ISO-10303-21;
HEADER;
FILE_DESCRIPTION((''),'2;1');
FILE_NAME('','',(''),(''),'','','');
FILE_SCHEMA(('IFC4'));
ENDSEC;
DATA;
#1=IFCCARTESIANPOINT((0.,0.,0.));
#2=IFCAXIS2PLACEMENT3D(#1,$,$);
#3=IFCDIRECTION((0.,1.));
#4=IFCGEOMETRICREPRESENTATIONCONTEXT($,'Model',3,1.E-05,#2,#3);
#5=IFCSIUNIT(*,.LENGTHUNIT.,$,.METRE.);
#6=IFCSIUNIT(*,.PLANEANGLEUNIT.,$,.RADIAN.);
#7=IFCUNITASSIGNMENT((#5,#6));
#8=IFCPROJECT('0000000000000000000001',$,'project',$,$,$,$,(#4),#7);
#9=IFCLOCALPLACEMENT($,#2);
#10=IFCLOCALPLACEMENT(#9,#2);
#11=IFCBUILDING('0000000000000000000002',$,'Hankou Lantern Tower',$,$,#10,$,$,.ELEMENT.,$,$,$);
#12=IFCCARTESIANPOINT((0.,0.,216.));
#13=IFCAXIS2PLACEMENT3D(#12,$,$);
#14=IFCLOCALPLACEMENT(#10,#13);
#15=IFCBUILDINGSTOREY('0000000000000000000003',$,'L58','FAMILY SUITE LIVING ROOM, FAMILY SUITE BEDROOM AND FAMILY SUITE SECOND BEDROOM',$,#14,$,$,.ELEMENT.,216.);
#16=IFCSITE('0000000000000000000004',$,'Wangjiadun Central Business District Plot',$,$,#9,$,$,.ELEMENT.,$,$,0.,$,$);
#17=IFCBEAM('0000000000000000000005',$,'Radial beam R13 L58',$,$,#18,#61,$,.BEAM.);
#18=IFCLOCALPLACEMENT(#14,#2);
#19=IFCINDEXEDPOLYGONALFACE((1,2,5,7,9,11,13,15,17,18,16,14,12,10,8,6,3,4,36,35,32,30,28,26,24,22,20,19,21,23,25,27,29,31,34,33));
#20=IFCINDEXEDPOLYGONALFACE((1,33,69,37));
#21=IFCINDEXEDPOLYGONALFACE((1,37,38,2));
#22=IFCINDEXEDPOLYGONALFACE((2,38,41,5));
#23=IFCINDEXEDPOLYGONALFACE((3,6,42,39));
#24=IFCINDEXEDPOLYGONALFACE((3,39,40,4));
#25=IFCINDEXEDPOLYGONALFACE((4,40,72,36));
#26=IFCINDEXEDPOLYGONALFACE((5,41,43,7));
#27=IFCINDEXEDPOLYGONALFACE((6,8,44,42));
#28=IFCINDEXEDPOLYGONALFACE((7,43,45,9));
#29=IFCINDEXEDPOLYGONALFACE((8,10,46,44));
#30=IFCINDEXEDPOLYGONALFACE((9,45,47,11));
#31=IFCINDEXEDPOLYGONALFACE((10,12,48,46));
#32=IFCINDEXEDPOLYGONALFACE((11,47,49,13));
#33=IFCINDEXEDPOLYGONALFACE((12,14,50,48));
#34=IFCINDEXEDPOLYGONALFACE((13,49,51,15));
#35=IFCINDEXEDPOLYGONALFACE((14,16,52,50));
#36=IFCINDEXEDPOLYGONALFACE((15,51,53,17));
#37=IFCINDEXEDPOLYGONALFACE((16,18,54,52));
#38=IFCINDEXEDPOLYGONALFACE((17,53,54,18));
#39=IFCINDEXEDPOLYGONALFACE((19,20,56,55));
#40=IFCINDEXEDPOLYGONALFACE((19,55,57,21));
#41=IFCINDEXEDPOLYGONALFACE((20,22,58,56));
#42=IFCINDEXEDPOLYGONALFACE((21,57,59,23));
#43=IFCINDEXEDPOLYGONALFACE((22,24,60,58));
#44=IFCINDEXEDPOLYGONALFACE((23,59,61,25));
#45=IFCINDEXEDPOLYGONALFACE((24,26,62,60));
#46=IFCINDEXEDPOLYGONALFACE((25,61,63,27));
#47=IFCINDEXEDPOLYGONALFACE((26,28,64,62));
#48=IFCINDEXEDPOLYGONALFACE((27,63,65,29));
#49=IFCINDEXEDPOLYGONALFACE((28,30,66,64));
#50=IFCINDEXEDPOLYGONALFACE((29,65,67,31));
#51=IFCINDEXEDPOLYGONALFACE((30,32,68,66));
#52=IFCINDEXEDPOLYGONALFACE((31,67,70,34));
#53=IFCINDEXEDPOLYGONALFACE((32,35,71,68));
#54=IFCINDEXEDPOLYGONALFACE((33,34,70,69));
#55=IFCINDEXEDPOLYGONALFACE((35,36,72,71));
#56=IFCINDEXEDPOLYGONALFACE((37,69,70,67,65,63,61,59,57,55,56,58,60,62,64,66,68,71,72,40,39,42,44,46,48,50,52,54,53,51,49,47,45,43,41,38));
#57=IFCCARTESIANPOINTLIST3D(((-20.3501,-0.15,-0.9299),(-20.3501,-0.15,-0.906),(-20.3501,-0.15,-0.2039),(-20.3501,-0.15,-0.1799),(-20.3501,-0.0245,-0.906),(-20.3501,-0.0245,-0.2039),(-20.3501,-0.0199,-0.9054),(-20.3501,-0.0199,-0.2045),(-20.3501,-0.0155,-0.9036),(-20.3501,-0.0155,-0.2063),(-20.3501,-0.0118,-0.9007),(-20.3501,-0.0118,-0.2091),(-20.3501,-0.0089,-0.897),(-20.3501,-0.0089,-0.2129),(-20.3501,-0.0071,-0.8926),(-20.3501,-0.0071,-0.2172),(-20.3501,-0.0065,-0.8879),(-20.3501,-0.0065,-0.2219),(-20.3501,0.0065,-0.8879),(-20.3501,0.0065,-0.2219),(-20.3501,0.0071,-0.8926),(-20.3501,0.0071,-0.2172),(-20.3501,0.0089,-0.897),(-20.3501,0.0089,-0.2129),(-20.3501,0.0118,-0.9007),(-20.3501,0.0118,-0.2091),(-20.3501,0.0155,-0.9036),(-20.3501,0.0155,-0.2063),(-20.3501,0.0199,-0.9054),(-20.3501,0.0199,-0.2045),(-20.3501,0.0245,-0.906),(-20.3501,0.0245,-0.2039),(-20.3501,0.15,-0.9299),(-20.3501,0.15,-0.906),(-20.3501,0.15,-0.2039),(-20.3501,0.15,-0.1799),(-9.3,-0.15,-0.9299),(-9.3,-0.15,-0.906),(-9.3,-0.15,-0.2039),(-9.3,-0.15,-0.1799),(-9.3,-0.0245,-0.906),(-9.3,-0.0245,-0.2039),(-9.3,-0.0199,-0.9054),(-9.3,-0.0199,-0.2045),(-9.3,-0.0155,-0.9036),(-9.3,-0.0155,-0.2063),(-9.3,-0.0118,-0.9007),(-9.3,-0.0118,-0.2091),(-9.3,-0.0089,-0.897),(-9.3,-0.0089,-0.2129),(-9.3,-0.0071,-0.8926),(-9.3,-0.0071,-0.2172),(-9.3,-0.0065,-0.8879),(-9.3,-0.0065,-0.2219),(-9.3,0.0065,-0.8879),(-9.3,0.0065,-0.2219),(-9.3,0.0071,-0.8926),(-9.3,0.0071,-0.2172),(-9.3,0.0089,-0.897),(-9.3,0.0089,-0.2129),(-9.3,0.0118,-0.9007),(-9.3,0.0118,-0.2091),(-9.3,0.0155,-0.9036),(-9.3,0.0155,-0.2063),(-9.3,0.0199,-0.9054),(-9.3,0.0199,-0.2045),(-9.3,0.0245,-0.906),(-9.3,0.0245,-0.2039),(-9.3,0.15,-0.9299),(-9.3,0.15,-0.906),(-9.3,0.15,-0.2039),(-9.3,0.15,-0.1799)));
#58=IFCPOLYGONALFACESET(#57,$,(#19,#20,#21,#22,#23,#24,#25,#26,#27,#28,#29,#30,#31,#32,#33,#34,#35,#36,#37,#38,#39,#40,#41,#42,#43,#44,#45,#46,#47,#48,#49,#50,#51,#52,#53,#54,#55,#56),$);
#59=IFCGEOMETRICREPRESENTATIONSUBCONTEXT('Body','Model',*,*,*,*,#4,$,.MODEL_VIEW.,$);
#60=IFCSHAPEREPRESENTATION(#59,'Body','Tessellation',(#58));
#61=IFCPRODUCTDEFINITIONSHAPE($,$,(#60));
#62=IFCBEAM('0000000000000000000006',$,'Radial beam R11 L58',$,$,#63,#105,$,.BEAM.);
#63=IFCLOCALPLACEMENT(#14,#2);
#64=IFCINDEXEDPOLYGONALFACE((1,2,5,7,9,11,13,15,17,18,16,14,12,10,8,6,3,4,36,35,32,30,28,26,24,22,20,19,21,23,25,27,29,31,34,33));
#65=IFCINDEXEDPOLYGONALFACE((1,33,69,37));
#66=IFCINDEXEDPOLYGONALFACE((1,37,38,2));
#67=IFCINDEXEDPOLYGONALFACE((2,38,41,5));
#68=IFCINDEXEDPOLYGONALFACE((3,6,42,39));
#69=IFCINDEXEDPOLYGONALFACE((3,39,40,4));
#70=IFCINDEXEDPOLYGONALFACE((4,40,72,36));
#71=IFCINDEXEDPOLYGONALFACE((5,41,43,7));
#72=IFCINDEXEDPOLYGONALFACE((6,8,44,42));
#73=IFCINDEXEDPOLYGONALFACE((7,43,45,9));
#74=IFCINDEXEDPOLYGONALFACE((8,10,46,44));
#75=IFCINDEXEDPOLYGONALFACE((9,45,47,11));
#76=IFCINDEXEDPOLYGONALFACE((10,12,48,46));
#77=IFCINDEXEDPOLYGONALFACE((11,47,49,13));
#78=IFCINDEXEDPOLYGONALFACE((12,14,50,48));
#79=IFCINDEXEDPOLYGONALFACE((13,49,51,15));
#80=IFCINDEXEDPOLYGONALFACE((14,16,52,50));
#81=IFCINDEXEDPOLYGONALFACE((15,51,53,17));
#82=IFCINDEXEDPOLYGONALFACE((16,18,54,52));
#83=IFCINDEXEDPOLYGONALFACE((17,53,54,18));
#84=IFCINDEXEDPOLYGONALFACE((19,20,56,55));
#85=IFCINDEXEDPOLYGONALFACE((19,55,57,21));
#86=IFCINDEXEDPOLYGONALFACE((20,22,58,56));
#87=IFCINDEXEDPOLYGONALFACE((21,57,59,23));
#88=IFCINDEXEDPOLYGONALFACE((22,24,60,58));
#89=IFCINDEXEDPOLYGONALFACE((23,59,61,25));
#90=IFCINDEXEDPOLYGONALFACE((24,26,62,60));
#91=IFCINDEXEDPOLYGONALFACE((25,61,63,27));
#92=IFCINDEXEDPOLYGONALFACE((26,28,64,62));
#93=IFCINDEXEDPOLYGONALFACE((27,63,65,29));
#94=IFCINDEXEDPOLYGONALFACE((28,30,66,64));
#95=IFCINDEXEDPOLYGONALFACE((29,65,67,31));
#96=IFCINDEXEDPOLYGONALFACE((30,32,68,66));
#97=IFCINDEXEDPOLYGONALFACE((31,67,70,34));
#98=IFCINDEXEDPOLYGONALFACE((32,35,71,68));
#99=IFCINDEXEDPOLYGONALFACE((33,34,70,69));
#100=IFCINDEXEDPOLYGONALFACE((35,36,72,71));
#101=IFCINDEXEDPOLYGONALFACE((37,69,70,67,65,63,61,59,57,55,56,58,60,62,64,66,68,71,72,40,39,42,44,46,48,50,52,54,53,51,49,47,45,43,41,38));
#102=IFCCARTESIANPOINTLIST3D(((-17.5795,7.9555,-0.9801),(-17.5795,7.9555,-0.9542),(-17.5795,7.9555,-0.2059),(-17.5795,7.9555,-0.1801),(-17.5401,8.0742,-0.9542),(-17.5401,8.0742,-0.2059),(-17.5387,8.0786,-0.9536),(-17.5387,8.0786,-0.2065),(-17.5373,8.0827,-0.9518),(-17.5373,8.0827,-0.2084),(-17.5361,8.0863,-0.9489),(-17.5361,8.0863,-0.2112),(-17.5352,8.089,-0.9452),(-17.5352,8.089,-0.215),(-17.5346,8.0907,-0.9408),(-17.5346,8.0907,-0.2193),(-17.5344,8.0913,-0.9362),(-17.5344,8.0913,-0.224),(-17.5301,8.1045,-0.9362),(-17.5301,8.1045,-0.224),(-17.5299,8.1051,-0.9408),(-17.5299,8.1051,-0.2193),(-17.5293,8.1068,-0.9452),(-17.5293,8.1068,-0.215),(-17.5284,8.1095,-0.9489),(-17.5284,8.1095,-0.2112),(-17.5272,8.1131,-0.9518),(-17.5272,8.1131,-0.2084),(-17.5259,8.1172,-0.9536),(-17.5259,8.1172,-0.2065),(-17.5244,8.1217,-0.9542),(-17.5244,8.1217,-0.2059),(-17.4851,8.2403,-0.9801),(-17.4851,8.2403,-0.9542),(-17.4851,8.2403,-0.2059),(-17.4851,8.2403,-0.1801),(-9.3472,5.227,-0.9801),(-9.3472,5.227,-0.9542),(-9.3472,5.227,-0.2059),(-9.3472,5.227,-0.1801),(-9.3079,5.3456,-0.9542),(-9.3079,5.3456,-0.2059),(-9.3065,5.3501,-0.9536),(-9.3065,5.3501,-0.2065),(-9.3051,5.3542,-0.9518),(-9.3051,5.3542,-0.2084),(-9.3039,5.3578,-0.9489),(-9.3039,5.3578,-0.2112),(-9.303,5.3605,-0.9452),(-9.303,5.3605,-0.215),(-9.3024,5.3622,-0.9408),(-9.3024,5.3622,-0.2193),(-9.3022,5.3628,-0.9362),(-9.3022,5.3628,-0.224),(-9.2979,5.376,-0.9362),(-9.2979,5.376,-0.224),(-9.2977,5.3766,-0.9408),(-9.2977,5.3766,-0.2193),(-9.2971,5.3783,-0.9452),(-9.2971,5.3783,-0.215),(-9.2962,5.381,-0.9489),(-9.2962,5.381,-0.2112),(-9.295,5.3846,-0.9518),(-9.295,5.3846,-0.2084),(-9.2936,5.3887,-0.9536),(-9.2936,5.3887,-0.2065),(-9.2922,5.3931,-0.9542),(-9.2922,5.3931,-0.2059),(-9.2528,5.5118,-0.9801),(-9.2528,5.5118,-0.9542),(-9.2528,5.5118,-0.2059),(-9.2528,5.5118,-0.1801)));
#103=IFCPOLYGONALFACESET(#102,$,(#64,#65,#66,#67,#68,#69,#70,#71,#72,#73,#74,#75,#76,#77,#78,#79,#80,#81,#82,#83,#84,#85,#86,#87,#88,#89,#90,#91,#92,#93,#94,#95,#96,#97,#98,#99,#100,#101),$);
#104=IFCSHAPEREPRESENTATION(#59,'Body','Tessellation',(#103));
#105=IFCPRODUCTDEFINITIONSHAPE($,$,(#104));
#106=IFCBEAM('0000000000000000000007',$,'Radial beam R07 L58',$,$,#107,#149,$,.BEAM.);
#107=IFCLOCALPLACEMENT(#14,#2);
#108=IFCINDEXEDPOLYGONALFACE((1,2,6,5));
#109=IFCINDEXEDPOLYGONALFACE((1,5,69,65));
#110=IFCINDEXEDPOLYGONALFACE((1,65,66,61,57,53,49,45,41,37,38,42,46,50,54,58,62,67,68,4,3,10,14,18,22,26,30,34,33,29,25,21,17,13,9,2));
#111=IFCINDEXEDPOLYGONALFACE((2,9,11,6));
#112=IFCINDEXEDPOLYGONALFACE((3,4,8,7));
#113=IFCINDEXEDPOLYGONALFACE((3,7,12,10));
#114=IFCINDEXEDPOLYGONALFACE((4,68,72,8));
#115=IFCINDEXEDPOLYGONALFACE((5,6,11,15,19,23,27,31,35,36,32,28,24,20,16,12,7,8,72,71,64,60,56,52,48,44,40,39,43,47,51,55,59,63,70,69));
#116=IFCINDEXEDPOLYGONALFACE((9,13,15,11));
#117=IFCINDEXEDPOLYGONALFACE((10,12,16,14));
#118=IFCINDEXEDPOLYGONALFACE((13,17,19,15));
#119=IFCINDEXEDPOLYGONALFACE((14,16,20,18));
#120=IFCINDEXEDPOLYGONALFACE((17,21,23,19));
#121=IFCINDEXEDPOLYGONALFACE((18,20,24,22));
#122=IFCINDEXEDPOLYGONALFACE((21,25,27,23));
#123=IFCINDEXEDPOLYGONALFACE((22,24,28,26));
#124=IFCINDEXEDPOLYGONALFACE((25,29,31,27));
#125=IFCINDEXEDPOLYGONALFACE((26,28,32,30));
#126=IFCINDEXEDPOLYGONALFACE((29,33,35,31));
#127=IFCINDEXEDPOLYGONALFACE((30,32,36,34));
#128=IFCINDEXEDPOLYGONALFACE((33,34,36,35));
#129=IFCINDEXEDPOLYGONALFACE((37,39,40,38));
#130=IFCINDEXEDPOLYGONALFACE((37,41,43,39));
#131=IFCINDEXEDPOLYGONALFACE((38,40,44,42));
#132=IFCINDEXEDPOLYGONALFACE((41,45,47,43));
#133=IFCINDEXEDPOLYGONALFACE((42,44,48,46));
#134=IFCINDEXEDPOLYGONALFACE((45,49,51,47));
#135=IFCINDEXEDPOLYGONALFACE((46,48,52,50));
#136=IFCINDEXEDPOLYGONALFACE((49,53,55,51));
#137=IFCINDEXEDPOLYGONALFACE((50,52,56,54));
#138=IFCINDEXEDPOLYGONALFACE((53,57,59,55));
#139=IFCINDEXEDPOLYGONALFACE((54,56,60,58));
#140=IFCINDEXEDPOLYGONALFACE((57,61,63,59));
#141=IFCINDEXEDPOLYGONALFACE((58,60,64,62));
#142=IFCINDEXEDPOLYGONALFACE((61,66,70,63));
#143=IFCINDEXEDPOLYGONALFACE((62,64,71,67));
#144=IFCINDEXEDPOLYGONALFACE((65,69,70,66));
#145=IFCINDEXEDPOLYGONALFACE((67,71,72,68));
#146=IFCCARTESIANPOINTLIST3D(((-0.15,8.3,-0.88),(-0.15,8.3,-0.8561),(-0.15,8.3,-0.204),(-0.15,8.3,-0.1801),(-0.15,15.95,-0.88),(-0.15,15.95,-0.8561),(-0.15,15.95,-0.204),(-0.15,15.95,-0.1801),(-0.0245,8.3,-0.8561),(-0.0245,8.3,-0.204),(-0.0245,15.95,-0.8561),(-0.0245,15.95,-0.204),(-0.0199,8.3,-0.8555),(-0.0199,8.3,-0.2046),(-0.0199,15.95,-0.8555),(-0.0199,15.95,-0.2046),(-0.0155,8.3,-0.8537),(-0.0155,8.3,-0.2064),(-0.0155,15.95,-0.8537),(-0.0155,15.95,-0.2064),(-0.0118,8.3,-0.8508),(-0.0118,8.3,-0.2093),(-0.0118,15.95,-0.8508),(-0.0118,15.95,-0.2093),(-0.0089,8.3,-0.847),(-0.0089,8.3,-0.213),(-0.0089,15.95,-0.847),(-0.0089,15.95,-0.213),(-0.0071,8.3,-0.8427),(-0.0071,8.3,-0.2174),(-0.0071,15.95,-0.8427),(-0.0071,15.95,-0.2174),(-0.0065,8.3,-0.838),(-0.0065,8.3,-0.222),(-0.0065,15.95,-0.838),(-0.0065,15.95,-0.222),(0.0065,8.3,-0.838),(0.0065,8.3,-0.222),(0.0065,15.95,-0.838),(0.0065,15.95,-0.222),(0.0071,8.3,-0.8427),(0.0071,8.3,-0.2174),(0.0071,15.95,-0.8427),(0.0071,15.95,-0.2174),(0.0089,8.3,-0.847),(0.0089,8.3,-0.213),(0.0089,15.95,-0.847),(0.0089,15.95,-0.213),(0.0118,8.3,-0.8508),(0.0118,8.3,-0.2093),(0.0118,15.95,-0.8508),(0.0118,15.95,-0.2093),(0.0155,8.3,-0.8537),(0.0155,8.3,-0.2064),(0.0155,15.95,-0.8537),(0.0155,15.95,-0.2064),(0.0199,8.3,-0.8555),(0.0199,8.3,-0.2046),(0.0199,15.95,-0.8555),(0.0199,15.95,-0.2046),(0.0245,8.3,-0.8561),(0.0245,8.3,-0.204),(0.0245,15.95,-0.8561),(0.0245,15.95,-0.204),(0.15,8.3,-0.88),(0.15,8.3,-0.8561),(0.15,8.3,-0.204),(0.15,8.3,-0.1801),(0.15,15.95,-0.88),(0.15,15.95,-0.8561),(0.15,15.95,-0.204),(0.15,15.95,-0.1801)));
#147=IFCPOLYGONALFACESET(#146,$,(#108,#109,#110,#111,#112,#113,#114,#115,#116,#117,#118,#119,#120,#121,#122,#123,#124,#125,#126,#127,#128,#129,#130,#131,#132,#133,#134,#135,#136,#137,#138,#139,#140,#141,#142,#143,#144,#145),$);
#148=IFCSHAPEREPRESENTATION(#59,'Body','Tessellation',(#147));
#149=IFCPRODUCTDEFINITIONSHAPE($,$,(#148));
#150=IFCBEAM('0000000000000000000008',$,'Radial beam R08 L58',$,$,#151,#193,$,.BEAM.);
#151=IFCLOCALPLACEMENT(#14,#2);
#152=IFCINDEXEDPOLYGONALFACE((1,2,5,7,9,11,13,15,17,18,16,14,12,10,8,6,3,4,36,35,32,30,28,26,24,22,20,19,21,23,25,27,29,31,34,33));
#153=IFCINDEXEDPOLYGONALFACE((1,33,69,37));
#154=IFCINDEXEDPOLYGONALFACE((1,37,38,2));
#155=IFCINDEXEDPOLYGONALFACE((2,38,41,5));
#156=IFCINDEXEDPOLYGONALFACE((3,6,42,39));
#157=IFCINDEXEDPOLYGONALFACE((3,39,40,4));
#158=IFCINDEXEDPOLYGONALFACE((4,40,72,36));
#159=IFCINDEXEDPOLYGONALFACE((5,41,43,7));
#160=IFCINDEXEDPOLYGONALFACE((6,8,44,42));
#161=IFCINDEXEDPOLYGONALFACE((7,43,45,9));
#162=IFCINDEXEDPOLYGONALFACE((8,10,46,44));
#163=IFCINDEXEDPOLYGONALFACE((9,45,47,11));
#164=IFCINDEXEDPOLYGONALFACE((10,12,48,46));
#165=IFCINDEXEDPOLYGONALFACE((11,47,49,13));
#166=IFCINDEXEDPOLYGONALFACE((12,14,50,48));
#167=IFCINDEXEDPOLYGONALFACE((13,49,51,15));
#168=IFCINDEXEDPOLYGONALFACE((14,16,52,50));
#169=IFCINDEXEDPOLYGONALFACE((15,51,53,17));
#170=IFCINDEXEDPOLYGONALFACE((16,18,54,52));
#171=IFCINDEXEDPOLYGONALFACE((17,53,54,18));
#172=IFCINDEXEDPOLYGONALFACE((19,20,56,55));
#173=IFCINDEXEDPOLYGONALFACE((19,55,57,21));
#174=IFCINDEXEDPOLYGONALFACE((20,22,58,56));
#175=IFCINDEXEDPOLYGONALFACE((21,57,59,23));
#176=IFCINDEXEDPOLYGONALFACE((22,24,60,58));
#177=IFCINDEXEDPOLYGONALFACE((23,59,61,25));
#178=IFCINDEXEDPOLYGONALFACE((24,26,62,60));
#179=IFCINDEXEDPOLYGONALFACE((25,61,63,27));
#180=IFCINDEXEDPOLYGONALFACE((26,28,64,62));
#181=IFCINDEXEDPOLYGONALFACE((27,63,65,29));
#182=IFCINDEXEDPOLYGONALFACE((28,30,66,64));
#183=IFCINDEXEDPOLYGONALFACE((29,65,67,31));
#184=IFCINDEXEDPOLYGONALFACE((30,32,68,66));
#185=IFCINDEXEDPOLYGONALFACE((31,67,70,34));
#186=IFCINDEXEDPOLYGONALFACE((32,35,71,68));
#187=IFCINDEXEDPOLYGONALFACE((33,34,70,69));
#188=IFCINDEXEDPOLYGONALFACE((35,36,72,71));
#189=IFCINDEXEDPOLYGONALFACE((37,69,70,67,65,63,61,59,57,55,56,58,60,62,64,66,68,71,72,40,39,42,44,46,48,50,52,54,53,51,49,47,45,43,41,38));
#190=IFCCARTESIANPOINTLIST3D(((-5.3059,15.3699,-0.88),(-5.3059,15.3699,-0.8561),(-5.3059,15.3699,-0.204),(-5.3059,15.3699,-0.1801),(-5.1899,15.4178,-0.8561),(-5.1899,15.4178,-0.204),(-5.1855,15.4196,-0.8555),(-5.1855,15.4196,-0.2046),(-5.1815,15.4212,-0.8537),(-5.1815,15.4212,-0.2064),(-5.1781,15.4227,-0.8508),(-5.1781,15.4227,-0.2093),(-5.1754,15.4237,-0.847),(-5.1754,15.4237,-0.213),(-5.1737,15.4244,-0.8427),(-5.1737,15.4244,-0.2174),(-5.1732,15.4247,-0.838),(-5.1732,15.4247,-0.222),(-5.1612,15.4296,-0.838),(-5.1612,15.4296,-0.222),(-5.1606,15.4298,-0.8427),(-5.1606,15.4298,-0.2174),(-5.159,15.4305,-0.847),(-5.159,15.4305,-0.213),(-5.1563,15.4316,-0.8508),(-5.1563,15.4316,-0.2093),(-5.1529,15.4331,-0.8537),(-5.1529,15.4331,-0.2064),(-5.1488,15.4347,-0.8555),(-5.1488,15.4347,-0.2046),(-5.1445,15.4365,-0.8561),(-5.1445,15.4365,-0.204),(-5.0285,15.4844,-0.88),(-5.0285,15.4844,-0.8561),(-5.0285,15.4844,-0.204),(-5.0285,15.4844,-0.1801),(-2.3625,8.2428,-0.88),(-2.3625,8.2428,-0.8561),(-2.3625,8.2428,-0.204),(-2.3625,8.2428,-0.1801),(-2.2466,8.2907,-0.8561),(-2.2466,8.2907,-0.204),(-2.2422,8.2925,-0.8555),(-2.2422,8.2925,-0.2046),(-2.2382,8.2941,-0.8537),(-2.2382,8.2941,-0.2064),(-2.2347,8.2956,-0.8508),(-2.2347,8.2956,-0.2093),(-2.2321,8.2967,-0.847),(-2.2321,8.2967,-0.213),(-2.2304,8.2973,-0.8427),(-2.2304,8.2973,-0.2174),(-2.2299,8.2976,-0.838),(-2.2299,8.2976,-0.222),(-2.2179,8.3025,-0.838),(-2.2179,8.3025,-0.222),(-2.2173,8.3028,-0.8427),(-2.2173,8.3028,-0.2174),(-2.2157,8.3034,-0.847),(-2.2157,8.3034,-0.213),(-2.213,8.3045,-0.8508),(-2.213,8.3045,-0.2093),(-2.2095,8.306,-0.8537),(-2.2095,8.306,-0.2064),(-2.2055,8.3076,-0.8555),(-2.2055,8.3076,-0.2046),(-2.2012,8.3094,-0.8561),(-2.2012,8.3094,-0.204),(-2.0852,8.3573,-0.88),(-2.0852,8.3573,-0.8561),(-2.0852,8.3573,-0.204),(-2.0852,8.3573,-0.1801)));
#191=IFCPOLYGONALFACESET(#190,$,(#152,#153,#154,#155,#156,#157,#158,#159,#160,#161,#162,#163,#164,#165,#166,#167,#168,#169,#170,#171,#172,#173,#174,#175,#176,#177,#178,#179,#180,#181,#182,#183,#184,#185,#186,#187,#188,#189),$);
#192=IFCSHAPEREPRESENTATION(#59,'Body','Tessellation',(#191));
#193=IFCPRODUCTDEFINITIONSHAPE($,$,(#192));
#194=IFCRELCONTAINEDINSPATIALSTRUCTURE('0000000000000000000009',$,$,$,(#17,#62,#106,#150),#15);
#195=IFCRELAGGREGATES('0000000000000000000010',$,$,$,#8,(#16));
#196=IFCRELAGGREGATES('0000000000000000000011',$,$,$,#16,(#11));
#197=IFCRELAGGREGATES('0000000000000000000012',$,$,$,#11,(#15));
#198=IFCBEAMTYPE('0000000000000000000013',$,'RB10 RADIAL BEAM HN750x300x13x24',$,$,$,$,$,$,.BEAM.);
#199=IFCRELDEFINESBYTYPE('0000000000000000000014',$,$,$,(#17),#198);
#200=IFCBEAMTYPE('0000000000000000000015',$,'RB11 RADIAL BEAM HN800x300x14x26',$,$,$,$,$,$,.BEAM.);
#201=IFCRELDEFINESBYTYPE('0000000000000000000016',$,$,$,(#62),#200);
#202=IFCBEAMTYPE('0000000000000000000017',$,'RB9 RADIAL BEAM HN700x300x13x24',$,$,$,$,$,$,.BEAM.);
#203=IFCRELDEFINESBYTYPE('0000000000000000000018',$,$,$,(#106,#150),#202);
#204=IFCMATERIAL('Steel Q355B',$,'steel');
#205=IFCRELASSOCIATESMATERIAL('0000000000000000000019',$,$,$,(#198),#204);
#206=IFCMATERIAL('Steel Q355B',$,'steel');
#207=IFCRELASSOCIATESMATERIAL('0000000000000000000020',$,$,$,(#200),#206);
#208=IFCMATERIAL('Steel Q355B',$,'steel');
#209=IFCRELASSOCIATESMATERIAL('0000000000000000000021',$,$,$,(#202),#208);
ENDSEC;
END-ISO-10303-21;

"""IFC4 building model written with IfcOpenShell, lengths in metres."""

from ifc_helpers import new_model, si_unit, direction, frame, origin, origin_2d, place, context, subcontext, project, spatial, i_section, extrude, material, material_profile, profile_set, type_object, element, save


model = new_model("IFC4")

# Units and contexts
model_context = context("Model", 3, precision=1e-05, world=origin(), true_north=direction((0.0, 1.0)))
body_context = subcontext(model_context, "Body", "Model", "MODEL_VIEW")
ifc_project = project(units=[si_unit("LENGTHUNIT", "METRE"), si_unit("PLANEANGLEUNIT", "RADIAN")], contexts=[model_context])

# Site, building, storey
site_placement = place(None, origin())
site = spatial("IfcSite", under=ifc_project, at=site_placement, Name="Wangjiadun Central Business District Plot", CompositionType="ELEMENT", RefElevation=0.0)
building_placement = place(site_placement, origin())
building = spatial("IfcBuilding", under=site, at=building_placement, Name="Hankou Lantern Tower", CompositionType="ELEMENT")
storey_placement = place(building_placement, frame((0.0, 0.0, 216.0)))
storey = spatial("IfcBuildingStorey", under=building, at=storey_placement, Name="L58", Description="FAMILY SUITE LIVING ROOM, FAMILY SUITE BEDROOM AND FAMILY SUITE SECOND BEDROOM", CompositionType="ELEMENT", Elevation=216.0)

# Beams
ifc_material_1 = material(Name="Steel Q355B", Category="steel")
ifc_material_profile_1 = material_profile(ifc_material_1, i_section(OverallWidth=0.3, OverallDepth=0.75, WebThickness=0.0129, FlangeThickness=0.0239, FilletRadius=0.0181, at=origin_2d()), Name="HN750x300x13x24")
ifc_profile_set_1 = profile_set([ifc_material_profile_1], Name="Steel Q355B")
beam_type_1 = type_object("IfcBeamType", Name="RB10 RADIAL BEAM HN750x300x13x24", PredefinedType="BEAM", material=ifc_profile_set_1)
beam_1_placement = place(storey_placement, frame((-9.3, 0.0, -0.5549), z_axis=(-1.0, 0.0, 0.0), x_axis=(0.0, -1.0, 0.0)))
element("IfcBeam", 1, at=beam_1_placement, inside=storey, type_object=beam_type_1, Name="Radial beam R13 L58", PredefinedType="BEAM", context=body_context, shape_type="SweptSolid", body=[
    extrude(i_section(OverallWidth=0.3, OverallDepth=0.75, WebThickness=0.0129, FlangeThickness=0.0239, FilletRadius=0.0181, at=origin_2d()), origin(), (0.0, 0.0, 1.0), 11.05),
])
ifc_material_2 = material(Name="Steel Q355B", Category="steel")
ifc_material_profile_2 = material_profile(ifc_material_2, i_section(OverallWidth=0.3, OverallDepth=0.8, WebThickness=0.0139, FlangeThickness=0.0259, FilletRadius=0.0181, at=origin_2d()), Name="HN800x300x14x26")
ifc_profile_set_2 = profile_set([ifc_material_profile_2], Name="Steel Q355B")
beam_type_2 = type_object("IfcBeamType", Name="RB11 RADIAL BEAM HN800x300x14x26", PredefinedType="BEAM", material=ifc_profile_set_2)
beam_2_placement = place(storey_placement, frame((-9.3, 5.3694, -0.5801), z_axis=(-0.94922, 0.314614, 0.0), x_axis=(-0.314614, -0.94922, 0.0)))
element("IfcBeam", 2, at=beam_2_placement, inside=storey, type_object=beam_type_2, Name="Radial beam R11 L58", PredefinedType="BEAM", context=body_context, shape_type="SweptSolid", body=[
    extrude(i_section(OverallWidth=0.3, OverallDepth=0.8, WebThickness=0.0139, FlangeThickness=0.0259, FilletRadius=0.0181, at=origin_2d()), origin(), (0.0, 0.0, 1.0), 8.6726),
])
ifc_material_3 = material(Name="Steel Q355B", Category="steel")
ifc_material_profile_3 = material_profile(ifc_material_3, i_section(OverallWidth=0.3, OverallDepth=0.7, WebThickness=0.0129, FlangeThickness=0.0239, FilletRadius=0.0181, at=origin_2d()), Name="HN700x300x13x24")
ifc_profile_set_3 = profile_set([ifc_material_profile_3], Name="Steel Q355B")
beam_type_3 = type_object("IfcBeamType", Name="RB9 RADIAL BEAM HN700x300x13x24", PredefinedType="BEAM", material=ifc_profile_set_3)
beam_3_placement = place(storey_placement, frame((0.0, 8.3, -0.53), z_axis=(0.0, 1.0, 0.0), x_axis=(-1.0, 0.0, 0.0)))
element("IfcBeam", 3, at=beam_3_placement, inside=storey, type_object=beam_type_3, Name="Radial beam R07 L58", PredefinedType="BEAM", context=body_context, shape_type="SweptSolid", body=[
    extrude(i_section(OverallWidth=0.3, OverallDepth=0.7, WebThickness=0.0129, FlangeThickness=0.0239, FilletRadius=0.0181, at=origin_2d()), origin(), (0.0, 0.0, 1.0), 7.6499),
])
beam_4_placement = place(storey_placement, frame((-2.2239, 8.3, -0.53), z_axis=(-0.381707, 0.924284, 0.0), x_axis=(-0.924284, -0.381707, 0.0)))
element("IfcBeam", 4, at=beam_4_placement, inside=storey, type_object=beam_type_3, Name="Radial beam R08 L58", PredefinedType="BEAM", context=body_context, shape_type="SweptSolid", body=[
    extrude(i_section(OverallWidth=0.3, OverallDepth=0.7, WebThickness=0.0129, FlangeThickness=0.0239, FilletRadius=0.0181, at=origin_2d()), origin(), (0.0, 0.0, 1.0), 7.7109),
])

save(model, "model.ifc")
